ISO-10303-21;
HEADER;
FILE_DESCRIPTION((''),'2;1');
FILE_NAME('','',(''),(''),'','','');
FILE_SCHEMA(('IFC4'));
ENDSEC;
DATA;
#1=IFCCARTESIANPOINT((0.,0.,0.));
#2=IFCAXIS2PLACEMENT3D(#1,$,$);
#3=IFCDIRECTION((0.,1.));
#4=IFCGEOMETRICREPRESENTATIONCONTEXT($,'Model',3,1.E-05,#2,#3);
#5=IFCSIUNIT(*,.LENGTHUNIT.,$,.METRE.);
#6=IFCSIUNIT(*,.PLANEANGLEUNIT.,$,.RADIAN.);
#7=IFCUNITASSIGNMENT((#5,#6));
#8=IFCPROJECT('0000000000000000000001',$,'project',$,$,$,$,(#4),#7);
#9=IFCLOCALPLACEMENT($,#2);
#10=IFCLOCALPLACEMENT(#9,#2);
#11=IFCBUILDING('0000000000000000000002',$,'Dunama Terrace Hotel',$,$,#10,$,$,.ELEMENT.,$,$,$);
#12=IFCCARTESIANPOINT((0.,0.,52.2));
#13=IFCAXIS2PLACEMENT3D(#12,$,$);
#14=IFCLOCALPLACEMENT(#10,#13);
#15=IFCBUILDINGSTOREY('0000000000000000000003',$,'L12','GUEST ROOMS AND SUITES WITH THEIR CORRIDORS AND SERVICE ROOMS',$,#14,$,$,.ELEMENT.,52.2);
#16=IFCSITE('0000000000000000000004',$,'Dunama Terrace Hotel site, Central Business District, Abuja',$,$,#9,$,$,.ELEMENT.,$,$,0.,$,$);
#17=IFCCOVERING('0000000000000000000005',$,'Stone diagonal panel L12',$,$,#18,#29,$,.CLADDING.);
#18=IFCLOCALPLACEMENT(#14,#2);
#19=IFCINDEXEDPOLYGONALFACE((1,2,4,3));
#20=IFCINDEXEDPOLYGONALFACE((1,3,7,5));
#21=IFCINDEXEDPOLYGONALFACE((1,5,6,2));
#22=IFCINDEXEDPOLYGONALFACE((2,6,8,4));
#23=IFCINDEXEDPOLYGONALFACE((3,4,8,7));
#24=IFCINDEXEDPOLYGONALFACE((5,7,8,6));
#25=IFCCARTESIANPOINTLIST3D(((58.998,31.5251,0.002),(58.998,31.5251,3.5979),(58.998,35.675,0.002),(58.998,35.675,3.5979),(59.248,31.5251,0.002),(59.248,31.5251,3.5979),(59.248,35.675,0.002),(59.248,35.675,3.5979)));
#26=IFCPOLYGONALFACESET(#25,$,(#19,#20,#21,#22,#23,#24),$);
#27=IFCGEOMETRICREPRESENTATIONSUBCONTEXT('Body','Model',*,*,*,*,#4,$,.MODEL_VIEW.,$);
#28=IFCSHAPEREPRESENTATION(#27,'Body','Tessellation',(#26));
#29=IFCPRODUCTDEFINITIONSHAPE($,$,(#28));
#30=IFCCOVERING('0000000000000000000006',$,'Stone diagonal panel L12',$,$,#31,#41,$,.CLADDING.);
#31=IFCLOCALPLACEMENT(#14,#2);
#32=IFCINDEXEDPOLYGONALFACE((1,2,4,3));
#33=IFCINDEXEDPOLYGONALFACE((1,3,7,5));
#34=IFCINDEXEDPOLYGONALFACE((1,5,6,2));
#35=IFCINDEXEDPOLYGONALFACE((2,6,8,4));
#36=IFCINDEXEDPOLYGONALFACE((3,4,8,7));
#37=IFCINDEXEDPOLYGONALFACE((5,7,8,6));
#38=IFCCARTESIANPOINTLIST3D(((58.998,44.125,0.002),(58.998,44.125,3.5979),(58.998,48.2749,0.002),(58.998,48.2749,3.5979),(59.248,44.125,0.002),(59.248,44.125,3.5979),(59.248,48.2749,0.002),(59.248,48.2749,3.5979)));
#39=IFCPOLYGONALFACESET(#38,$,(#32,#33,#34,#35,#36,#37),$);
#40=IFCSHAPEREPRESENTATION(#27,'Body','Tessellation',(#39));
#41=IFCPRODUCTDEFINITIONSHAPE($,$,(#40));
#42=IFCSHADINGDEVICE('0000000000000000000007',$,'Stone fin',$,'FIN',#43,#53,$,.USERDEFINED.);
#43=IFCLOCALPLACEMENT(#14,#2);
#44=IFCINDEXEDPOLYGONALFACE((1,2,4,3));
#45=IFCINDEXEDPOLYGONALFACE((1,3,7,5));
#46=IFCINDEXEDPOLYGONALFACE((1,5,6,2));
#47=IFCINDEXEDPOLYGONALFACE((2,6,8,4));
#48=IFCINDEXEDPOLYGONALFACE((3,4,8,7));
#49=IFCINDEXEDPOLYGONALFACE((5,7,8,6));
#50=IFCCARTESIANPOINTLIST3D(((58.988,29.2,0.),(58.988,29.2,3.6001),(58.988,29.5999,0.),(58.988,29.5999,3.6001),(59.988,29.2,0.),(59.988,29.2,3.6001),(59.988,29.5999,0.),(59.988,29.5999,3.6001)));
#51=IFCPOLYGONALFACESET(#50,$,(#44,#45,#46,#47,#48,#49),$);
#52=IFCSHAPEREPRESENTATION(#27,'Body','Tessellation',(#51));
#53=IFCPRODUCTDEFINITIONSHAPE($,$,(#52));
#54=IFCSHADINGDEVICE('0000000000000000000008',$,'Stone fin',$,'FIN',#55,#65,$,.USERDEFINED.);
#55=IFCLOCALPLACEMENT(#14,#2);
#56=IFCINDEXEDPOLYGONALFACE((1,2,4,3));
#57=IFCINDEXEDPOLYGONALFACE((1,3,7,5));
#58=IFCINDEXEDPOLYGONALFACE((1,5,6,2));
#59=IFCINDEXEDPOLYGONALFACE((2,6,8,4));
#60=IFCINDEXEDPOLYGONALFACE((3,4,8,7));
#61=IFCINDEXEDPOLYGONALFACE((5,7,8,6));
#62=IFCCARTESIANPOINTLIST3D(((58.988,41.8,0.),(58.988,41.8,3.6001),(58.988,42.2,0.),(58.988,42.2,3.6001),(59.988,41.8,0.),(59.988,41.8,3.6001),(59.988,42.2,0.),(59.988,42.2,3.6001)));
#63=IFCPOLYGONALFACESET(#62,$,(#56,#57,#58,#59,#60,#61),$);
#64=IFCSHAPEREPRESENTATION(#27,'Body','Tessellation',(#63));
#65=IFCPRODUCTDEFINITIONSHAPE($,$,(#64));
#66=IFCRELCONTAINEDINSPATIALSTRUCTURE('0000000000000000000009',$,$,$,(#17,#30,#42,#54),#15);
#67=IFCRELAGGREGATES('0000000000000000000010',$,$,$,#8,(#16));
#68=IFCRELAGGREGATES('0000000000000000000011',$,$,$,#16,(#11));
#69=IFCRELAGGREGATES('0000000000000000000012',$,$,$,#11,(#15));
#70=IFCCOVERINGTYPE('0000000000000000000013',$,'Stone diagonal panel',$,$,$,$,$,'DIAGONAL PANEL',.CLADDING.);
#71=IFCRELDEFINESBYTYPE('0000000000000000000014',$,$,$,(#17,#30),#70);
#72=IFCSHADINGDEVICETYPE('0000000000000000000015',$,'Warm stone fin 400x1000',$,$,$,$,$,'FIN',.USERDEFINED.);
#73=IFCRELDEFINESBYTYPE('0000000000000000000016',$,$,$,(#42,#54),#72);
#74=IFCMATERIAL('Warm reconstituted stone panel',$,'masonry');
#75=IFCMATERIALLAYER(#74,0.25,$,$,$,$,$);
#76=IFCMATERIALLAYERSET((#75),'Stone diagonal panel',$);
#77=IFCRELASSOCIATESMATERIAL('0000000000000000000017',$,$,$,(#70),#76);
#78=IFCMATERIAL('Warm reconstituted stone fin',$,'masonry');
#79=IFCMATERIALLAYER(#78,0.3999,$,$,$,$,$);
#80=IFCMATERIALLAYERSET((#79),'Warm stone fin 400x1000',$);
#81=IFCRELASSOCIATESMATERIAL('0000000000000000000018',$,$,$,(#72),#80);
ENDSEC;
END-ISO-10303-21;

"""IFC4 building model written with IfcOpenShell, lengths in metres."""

from ifc_helpers import new_model, si_unit, direction, frame, origin, origin_2d, place, context, subcontext, project, spatial, rectangle, extrude, material, layer, layer_set, type_object, element, save


model = new_model("IFC4")

# Units and contexts
model_context = context("Model", 3, precision=1e-05, world=origin(), true_north=direction((0.0, 1.0)))
body_context = subcontext(model_context, "Body", "Model", "MODEL_VIEW")
ifc_project = project(units=[si_unit("LENGTHUNIT", "METRE"), si_unit("PLANEANGLEUNIT", "RADIAN")], contexts=[model_context])

# Site, building, storey
site_placement = place(None, origin())
site = spatial("IfcSite", under=ifc_project, at=site_placement, Name="Dunama Terrace Hotel site, Central Business District, Abuja", CompositionType="ELEMENT", RefElevation=0.0)
building_placement = place(site_placement, origin())
building = spatial("IfcBuilding", under=site, at=building_placement, Name="Dunama Terrace Hotel", CompositionType="ELEMENT")
storey_placement = place(building_placement, frame((0.0, 0.0, 52.2)))
storey = spatial("IfcBuildingStorey", under=building, at=storey_placement, Name="L12", Description="GUEST ROOMS AND SUITES WITH THEIR CORRIDORS AND SERVICE ROOMS", CompositionType="ELEMENT", Elevation=52.2)

# Coverings
ifc_material_1 = material(Name="Warm reconstituted stone panel", Category="masonry")
ifc_layer_1 = layer(ifc_material_1, 0.25)
ifc_layer_set_1 = layer_set([ifc_layer_1], Name="Stone diagonal panel")
covering_type = type_object("IfcCoveringType", Name="Stone diagonal panel", ElementType="DIAGONAL PANEL", PredefinedType="CLADDING", material=ifc_layer_set_1)
for number, where, z_axis, x_axis, name in (
    (1, (59.123, 33.6001, 0.002), (0.0, 0.0, 1.0), (0.0, 1.0, 0.0), "Stone diagonal panel L12"),
    (2, (59.123, 46.2, 0.002), (0.0, 0.0, 1.0), (0.0, 1.0, 0.0), "Stone diagonal panel L12"),
):
    element("IfcCovering", number, at=place(storey_placement, frame(where, z_axis=z_axis, x_axis=x_axis)), inside=storey, type_object=covering_type, Name=name, PredefinedType="CLADDING", context=body_context, shape_type="SweptSolid", body=[
        extrude(rectangle(XDim=4.1499, YDim=0.25, at=origin_2d()), origin(), (0.0, 0.0, 1.0), 3.5959),
    ])

# Shading devices
ifc_material_2 = material(Name="Warm reconstituted stone fin", Category="masonry")
ifc_layer_2 = layer(ifc_material_2, 0.3999)
ifc_layer_set_2 = layer_set([ifc_layer_2], Name="Warm stone fin 400x1000")
shading_device_type = type_object("IfcShadingDeviceType", Name="Warm stone fin 400x1000", ElementType="FIN", PredefinedType="USERDEFINED", material=ifc_layer_set_2)
for number, where, z_axis, x_axis, name in (
    (3, (59.488, 29.3999, 0.0), (0.0, 0.0, 1.0), (0.0, 1.0, 0.0), "Stone fin"),
    (4, (59.488, 42.0, 0.0), (0.0, 0.0, 1.0), (0.0, 1.0, 0.0), "Stone fin"),
):
    element("IfcShadingDevice", number, at=place(storey_placement, frame(where, z_axis=z_axis, x_axis=x_axis)), inside=storey, type_object=shading_device_type, Name=name, ObjectType="FIN", PredefinedType="USERDEFINED", context=body_context, shape_type="SweptSolid", body=[
        extrude(rectangle(XDim=0.3999, YDim=1.0, at=origin_2d()), origin(), (0.0, 0.0, 1.0), 3.6001),
    ])

save(model, "model.ifc")
